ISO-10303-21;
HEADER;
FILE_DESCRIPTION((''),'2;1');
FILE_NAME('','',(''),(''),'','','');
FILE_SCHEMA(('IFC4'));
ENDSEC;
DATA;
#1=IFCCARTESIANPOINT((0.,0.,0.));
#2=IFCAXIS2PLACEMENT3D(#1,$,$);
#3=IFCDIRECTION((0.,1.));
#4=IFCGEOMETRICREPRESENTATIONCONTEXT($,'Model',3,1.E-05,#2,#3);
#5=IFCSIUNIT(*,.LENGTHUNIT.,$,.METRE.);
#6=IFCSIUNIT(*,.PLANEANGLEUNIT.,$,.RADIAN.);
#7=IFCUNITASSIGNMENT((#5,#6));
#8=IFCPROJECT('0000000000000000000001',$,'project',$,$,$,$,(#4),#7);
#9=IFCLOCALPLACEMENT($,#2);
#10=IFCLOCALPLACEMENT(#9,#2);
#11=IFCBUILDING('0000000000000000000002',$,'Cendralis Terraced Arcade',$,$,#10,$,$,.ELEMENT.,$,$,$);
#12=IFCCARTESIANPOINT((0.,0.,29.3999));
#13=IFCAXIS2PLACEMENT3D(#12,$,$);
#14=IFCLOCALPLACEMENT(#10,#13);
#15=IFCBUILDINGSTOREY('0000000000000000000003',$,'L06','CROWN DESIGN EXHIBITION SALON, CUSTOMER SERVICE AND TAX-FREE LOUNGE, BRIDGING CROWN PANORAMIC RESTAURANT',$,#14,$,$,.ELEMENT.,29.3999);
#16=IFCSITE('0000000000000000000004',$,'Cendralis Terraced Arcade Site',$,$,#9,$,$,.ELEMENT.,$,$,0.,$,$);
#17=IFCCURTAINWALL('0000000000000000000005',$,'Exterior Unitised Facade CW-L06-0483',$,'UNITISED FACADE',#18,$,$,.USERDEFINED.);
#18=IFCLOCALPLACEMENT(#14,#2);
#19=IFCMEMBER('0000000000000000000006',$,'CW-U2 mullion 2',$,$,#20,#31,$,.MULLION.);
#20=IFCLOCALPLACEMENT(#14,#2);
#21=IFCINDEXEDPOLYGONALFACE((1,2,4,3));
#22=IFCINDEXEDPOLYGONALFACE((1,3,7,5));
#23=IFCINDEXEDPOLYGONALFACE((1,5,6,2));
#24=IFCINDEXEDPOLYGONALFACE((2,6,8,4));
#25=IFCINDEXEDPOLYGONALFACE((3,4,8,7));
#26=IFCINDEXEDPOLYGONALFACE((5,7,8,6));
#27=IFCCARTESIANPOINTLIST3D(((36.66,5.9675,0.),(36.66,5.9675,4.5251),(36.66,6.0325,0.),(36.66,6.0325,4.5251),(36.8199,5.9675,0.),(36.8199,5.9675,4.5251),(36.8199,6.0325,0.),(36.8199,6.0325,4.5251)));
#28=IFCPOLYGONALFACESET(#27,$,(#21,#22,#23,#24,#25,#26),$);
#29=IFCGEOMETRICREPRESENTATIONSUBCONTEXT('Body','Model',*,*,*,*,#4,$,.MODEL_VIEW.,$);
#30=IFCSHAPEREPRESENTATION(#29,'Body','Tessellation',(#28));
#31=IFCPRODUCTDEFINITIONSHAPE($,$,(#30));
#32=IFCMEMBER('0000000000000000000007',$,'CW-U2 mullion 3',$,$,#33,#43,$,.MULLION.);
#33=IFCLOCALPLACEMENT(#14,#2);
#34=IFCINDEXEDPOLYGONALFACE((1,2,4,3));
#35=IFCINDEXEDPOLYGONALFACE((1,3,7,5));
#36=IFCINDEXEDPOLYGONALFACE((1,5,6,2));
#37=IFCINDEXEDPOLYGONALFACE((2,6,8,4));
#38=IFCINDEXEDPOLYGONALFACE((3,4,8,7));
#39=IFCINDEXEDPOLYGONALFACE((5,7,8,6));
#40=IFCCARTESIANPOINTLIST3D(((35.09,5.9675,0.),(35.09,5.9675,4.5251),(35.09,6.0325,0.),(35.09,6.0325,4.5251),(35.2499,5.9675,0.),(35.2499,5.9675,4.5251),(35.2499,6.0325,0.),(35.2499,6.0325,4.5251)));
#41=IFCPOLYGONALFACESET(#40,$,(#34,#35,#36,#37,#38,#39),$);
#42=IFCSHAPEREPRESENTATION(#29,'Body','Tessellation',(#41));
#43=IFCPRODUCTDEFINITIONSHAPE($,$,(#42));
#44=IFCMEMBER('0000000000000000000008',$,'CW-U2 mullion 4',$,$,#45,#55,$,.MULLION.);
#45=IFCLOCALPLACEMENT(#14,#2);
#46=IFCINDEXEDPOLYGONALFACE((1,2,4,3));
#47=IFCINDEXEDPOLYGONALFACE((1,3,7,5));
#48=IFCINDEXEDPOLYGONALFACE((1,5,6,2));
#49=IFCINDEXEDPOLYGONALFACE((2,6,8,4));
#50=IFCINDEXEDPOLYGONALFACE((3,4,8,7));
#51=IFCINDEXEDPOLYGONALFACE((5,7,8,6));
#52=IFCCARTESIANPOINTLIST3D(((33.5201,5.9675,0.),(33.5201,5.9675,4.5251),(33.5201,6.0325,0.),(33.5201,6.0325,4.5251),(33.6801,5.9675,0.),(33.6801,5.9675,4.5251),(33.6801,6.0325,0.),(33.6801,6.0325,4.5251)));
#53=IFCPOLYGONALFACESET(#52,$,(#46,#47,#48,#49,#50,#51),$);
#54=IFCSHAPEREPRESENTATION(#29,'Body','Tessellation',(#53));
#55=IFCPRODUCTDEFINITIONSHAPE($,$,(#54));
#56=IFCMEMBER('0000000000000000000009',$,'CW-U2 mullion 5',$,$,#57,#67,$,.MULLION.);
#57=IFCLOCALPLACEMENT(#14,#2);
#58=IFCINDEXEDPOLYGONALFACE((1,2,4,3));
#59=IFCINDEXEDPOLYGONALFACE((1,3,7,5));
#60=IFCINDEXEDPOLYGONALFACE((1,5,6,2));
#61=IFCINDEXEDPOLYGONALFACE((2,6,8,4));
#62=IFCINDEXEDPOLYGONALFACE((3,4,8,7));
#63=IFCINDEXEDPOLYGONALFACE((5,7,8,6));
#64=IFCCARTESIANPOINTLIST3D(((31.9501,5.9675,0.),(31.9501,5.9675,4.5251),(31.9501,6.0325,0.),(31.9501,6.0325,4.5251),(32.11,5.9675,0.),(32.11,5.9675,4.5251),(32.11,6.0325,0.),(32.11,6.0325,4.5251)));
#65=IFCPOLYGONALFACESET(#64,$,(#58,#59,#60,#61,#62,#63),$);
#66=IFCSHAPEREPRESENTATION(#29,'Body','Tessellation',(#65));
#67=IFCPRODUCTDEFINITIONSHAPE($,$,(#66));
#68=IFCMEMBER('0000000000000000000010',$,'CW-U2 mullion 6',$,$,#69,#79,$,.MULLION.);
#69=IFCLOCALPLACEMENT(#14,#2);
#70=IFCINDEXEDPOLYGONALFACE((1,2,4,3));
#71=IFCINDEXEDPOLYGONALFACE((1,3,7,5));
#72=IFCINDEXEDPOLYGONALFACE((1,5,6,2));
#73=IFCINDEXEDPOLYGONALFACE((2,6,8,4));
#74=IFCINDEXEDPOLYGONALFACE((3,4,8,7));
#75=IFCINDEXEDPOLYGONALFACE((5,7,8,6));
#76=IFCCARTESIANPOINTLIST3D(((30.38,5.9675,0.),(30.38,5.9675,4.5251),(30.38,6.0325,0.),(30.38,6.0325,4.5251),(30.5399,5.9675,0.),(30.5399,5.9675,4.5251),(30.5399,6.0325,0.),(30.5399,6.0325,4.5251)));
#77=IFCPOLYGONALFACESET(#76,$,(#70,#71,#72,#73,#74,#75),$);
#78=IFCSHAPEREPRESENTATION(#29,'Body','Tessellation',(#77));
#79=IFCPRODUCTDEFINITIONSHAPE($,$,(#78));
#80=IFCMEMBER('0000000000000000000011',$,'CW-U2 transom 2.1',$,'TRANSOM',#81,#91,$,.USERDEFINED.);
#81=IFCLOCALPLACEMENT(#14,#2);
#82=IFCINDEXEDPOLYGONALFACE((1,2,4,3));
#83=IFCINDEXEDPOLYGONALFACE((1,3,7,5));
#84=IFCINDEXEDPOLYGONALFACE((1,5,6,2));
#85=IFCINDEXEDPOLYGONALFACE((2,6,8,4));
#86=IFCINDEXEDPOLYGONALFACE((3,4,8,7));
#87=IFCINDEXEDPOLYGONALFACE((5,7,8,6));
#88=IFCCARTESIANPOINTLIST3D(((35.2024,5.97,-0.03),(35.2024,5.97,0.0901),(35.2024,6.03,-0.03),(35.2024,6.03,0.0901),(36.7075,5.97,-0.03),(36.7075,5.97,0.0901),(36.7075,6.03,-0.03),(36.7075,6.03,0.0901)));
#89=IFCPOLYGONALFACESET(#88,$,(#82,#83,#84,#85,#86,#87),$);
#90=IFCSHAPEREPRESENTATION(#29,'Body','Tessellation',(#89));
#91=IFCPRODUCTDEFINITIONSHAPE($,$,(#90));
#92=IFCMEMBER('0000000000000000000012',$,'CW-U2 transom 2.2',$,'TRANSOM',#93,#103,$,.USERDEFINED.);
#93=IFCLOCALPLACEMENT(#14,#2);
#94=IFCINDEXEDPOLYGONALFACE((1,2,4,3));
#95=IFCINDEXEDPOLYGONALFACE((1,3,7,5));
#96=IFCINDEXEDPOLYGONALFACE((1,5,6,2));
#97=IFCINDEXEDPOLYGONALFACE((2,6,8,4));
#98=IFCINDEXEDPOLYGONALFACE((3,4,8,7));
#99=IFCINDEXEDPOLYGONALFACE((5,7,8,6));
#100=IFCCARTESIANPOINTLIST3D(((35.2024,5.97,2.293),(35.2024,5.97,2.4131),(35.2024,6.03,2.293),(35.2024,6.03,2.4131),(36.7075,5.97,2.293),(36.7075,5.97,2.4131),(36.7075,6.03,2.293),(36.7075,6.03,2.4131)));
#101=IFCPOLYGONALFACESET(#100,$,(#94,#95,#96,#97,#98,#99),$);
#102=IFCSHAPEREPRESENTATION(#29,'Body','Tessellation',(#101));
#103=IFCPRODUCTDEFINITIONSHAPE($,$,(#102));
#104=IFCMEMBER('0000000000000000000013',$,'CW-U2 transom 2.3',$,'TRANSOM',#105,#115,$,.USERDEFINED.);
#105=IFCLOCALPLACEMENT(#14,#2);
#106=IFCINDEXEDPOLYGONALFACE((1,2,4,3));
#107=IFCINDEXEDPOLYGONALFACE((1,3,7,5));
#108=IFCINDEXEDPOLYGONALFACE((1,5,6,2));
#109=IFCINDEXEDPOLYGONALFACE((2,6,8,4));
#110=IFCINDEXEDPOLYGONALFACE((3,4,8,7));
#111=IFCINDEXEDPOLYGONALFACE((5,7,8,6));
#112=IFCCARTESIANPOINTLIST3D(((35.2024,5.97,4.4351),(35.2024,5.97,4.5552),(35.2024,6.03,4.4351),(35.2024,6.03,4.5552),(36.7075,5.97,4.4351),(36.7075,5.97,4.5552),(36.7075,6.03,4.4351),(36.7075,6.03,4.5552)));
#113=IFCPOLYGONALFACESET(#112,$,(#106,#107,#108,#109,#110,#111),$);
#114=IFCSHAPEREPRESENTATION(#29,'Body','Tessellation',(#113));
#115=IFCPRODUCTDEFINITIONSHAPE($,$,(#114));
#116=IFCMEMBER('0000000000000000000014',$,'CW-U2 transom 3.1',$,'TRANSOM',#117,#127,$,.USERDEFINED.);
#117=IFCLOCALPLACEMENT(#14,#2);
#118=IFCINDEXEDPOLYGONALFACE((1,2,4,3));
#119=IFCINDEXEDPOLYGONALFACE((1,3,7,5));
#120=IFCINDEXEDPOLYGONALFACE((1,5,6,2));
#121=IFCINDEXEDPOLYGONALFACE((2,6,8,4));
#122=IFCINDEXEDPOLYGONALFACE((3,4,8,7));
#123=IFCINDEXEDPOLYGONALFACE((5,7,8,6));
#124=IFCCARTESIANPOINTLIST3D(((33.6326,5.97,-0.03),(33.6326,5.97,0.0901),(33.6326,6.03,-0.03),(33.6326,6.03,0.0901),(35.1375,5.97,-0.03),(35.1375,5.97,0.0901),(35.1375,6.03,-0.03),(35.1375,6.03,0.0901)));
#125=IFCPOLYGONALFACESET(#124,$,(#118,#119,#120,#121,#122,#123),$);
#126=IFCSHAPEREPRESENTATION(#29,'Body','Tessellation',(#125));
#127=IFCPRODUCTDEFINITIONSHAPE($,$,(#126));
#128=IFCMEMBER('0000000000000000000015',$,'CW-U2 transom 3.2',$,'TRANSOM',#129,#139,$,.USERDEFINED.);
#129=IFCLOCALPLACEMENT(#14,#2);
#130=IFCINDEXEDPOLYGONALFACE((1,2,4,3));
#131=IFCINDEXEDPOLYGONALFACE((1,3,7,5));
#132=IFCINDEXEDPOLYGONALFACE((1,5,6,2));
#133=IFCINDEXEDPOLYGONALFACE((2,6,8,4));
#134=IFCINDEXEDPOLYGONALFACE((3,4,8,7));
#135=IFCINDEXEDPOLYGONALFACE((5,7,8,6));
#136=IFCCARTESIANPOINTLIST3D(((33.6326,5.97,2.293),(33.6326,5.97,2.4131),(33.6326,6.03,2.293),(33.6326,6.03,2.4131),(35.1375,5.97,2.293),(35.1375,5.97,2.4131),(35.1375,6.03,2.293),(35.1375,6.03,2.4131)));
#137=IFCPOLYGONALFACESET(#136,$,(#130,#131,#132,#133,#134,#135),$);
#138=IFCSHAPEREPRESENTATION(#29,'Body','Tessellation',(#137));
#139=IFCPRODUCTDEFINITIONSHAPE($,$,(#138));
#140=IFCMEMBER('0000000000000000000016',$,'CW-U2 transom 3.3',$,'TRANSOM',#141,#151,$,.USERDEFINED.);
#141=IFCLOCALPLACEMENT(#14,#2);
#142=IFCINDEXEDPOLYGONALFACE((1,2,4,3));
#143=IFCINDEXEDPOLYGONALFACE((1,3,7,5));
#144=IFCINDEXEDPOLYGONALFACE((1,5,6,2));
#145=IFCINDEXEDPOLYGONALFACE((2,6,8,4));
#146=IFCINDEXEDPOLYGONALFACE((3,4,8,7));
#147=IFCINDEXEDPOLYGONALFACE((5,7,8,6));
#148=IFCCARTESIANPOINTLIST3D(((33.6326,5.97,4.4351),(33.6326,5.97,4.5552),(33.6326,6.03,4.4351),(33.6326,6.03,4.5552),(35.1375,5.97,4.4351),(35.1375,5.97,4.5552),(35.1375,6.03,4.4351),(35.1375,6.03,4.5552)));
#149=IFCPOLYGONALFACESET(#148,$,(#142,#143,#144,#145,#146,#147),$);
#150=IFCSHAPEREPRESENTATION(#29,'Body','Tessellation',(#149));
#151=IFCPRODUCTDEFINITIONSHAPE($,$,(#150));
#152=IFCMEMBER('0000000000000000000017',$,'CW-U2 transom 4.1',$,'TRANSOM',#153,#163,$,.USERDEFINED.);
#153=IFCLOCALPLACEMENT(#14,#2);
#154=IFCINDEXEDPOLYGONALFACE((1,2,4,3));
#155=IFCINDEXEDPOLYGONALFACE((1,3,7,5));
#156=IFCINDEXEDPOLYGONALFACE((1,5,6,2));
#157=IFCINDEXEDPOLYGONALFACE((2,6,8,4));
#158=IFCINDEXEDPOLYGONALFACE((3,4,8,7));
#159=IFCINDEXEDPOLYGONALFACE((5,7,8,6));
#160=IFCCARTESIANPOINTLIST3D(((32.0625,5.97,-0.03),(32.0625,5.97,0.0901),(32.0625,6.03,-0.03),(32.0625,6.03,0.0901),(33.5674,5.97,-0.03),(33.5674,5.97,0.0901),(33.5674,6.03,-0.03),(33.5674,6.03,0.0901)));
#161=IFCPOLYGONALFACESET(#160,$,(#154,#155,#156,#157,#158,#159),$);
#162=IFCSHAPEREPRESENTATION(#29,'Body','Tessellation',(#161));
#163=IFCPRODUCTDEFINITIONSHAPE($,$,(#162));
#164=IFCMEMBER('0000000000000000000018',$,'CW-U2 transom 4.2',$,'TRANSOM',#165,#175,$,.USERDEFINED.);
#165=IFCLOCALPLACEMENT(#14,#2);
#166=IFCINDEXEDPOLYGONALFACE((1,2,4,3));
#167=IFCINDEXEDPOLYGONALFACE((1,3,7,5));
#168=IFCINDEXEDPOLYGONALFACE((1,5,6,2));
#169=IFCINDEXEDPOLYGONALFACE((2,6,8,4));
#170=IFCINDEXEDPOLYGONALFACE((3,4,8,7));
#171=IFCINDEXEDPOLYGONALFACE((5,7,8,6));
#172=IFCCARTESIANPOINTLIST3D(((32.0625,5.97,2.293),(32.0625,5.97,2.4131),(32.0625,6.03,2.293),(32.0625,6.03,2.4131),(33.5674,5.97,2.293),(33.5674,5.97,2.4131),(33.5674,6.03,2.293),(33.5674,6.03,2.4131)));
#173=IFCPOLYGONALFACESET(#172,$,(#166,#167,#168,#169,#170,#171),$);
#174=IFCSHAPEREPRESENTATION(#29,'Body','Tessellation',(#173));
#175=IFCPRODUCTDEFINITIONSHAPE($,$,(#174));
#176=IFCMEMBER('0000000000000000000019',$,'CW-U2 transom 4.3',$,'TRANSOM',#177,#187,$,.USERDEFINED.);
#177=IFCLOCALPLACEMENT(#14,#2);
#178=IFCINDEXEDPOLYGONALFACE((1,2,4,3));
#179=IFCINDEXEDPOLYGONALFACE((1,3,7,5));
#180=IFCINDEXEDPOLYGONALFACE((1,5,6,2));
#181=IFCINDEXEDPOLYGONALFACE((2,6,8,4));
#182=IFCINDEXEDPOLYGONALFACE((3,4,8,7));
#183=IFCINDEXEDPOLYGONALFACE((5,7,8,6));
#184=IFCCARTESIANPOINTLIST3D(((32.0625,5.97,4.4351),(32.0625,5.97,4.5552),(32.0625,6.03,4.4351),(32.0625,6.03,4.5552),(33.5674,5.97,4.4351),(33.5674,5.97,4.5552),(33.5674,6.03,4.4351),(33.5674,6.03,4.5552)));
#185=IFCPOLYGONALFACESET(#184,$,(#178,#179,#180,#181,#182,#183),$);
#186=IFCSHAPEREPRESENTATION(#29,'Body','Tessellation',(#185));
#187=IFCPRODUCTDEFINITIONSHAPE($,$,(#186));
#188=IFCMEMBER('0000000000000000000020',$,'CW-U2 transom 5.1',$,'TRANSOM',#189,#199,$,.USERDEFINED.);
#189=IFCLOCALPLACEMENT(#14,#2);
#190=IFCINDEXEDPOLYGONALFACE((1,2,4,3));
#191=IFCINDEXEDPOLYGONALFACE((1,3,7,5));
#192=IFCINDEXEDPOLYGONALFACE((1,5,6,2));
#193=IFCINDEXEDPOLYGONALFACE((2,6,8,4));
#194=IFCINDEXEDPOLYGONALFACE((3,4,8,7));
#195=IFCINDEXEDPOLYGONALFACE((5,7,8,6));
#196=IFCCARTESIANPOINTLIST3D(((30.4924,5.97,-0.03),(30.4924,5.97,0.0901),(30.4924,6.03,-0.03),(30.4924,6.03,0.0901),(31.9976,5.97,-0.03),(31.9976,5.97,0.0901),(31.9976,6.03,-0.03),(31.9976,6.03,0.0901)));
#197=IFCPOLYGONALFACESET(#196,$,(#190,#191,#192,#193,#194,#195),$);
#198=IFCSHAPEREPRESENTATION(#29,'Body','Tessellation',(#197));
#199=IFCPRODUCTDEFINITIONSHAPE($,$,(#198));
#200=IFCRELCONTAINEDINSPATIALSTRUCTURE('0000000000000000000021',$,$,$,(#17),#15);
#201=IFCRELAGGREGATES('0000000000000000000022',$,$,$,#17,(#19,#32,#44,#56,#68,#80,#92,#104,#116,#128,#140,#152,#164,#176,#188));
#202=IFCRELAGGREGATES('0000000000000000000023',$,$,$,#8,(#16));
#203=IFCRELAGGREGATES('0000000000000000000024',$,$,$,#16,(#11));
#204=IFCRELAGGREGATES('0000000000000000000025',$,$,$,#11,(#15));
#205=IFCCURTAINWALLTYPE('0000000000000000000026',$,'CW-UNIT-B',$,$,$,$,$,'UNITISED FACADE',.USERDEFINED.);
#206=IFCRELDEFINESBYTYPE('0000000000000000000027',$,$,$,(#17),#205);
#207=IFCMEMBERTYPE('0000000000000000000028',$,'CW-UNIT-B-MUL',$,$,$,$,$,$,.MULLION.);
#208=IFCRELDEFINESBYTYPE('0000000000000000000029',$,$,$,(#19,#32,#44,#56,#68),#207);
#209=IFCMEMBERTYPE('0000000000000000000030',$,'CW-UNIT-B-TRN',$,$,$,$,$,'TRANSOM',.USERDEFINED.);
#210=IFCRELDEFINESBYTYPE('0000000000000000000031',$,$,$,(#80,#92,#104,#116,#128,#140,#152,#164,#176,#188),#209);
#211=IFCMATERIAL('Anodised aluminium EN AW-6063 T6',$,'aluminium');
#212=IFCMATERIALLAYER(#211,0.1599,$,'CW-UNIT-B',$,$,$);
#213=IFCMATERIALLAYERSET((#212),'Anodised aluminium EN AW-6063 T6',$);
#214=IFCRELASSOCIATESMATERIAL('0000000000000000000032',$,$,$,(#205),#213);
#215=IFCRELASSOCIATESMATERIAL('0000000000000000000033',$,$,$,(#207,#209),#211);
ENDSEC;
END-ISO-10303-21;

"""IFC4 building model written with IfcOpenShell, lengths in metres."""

from ifc_helpers import new_model, si_unit, direction, frame, origin, origin_2d, place, context, subcontext, project, spatial, rectangle, extrude, material, layer, layer_set, material_profile, profile_set, type_object, element, aggregate, save


model = new_model("IFC4")

# Units and contexts
model_context = context("Model", 3, precision=1e-05, world=origin(), true_north=direction((0.0, 1.0)))
body_context = subcontext(model_context, "Body", "Model", "MODEL_VIEW")
ifc_project = project(units=[si_unit("LENGTHUNIT", "METRE"), si_unit("PLANEANGLEUNIT", "RADIAN")], contexts=[model_context])

# Site, building, storey
site_placement = place(None, origin())
site = spatial("IfcSite", under=ifc_project, at=site_placement, Name="Cendralis Terraced Arcade Site", CompositionType="ELEMENT", RefElevation=0.0)
building_placement = place(site_placement, origin())
building = spatial("IfcBuilding", under=site, at=building_placement, Name="Cendralis Terraced Arcade", CompositionType="ELEMENT")
storey_placement = place(building_placement, frame((0.0, 0.0, 29.3999)))
storey = spatial("IfcBuildingStorey", under=building, at=storey_placement, Name="L06", Description="CROWN DESIGN EXHIBITION SALON, CUSTOMER SERVICE AND TAX-FREE LOUNGE, BRIDGING CROWN PANORAMIC RESTAURANT", CompositionType="ELEMENT", Elevation=29.3999)

# Curtain wall, members
ifc_material_1 = material(Name="Anodised aluminium EN AW-6063 T6", Category="aluminium")
ifc_layer_1 = layer(ifc_material_1, 0.1599, Name="CW-UNIT-B")
ifc_layer_set_1 = layer_set([ifc_layer_1], Name="Anodised aluminium EN AW-6063 T6")
curtain_wall_type = type_object("IfcCurtainWallType", Name="CW-UNIT-B", ElementType="UNITISED FACADE", PredefinedType="USERDEFINED", material=ifc_layer_set_1)
curtain_wall_placement = place(storey_placement, origin())
curtain_wall = element("IfcCurtainWall", 1, at=curtain_wall_placement, inside=storey, type_object=curtain_wall_type, Name="Exterior Unitised Facade CW-L06-0483", ObjectType="UNITISED FACADE", PredefinedType="USERDEFINED")
ifc_material_profile_1 = material_profile(ifc_material_1, rectangle(XDim=0.0649, YDim=0.1599, at=origin_2d()), Name="ALU-MUL-65x160")
ifc_profile_set_1 = profile_set([ifc_material_profile_1], Name="Anodised aluminium EN AW-6063 T6")
member_type_1 = type_object("IfcMemberType", Name="CW-UNIT-B-MUL", PredefinedType="MULLION", material=ifc_profile_set_1)
member_1_placement = place(storey_placement, frame((36.74, 6.0, 0.0), z_axis=(0.0, 0.0, 1.0), x_axis=(0.0, -1.0, 0.0)))
member_1 = element("IfcMember", 2, at=member_1_placement, type_object=member_type_1, Name="CW-U2 mullion 2", PredefinedType="MULLION", context=body_context, shape_type="SweptSolid", body=[
    extrude(rectangle(XDim=0.0649, YDim=0.1599, at=origin_2d()), origin(), (0.0, 0.0, 1.0), 4.5251),
])
member_2_placement = place(storey_placement, frame((35.1699, 6.0, 0.0), z_axis=(0.0, 0.0, 1.0), x_axis=(0.0, -1.0, 0.0)))
member_2 = element("IfcMember", 3, at=member_2_placement, type_object=member_type_1, Name="CW-U2 mullion 3", PredefinedType="MULLION", context=body_context, shape_type="SweptSolid", body=[
    extrude(rectangle(XDim=0.0649, YDim=0.1599, at=origin_2d()), origin(), (0.0, 0.0, 1.0), 4.5251),
])
member_3_placement = place(storey_placement, frame((33.6001, 6.0, 0.0), z_axis=(0.0, 0.0, 1.0), x_axis=(0.0, -1.0, 0.0)))
member_3 = element("IfcMember", 4, at=member_3_placement, type_object=member_type_1, Name="CW-U2 mullion 4", PredefinedType="MULLION", context=body_context, shape_type="SweptSolid", body=[
    extrude(rectangle(XDim=0.0649, YDim=0.1599, at=origin_2d()), origin(), (0.0, 0.0, 1.0), 4.5251),
])
member_4_placement = place(storey_placement, frame((32.03, 6.0, 0.0), z_axis=(0.0, 0.0, 1.0), x_axis=(0.0, -1.0, 0.0)))
member_4 = element("IfcMember", 5, at=member_4_placement, type_object=member_type_1, Name="CW-U2 mullion 5", PredefinedType="MULLION", context=body_context, shape_type="SweptSolid", body=[
    extrude(rectangle(XDim=0.0649, YDim=0.1599, at=origin_2d()), origin(), (0.0, 0.0, 1.0), 4.5251),
])
member_5_placement = place(storey_placement, frame((30.46, 6.0, 0.0), z_axis=(0.0, 0.0, 1.0), x_axis=(0.0, -1.0, 0.0)))
member_5 = element("IfcMember", 6, at=member_5_placement, type_object=member_type_1, Name="CW-U2 mullion 6", PredefinedType="MULLION", context=body_context, shape_type="SweptSolid", body=[
    extrude(rectangle(XDim=0.0649, YDim=0.1599, at=origin_2d()), origin(), (0.0, 0.0, 1.0), 4.5251),
])
ifc_material_profile_2 = material_profile(ifc_material_1, rectangle(XDim=0.0601, YDim=0.1201, at=origin_2d()), Name="ALU-TRN-60x120")
ifc_profile_set_2 = profile_set([ifc_material_profile_2], Name="Anodised aluminium EN AW-6063 T6")
member_type_2 = type_object("IfcMemberType", Name="CW-UNIT-B-TRN", ElementType="TRANSOM", PredefinedType="USERDEFINED", material=ifc_profile_set_2)
member_6_placement = place(storey_placement, frame((36.7075, 6.0, 0.03), z_axis=(-1.0, 0.0, 0.0), x_axis=(0.0, -1.0, 0.0)))
member_6 = element("IfcMember", 7, at=member_6_placement, type_object=member_type_2, Name="CW-U2 transom 2.1", ObjectType="TRANSOM", PredefinedType="USERDEFINED", context=body_context, shape_type="SweptSolid", body=[
    extrude(rectangle(XDim=0.0601, YDim=0.1201, at=origin_2d()), origin(), (0.0, 0.0, 1.0), 1.5051),
])
member_7_placement = place(storey_placement, frame((36.7075, 6.0, 2.353), z_axis=(-1.0, 0.0, 0.0), x_axis=(0.0, -1.0, 0.0)))
member_7 = element("IfcMember", 8, at=member_7_placement, type_object=member_type_2, Name="CW-U2 transom 2.2", ObjectType="TRANSOM", PredefinedType="USERDEFINED", context=body_context, shape_type="SweptSolid", body=[
    extrude(rectangle(XDim=0.0601, YDim=0.1201, at=origin_2d()), origin(), (0.0, 0.0, 1.0), 1.5051),
])
member_8_placement = place(storey_placement, frame((36.7075, 6.0, 4.4951), z_axis=(-1.0, 0.0, 0.0), x_axis=(0.0, -1.0, 0.0)))
member_8 = element("IfcMember", 9, at=member_8_placement, type_object=member_type_2, Name="CW-U2 transom 2.3", ObjectType="TRANSOM", PredefinedType="USERDEFINED", context=body_context, shape_type="SweptSolid", body=[
    extrude(rectangle(XDim=0.0601, YDim=0.1201, at=origin_2d()), origin(), (0.0, 0.0, 1.0), 1.5051),
])
member_9_placement = place(storey_placement, frame((35.1375, 6.0, 0.03), z_axis=(-1.0, 0.0, 0.0), x_axis=(0.0, -1.0, 0.0)))
member_9 = element("IfcMember", 10, at=member_9_placement, type_object=member_type_2, Name="CW-U2 transom 3.1", ObjectType="TRANSOM", PredefinedType="USERDEFINED", context=body_context, shape_type="SweptSolid", body=[
    extrude(rectangle(XDim=0.0601, YDim=0.1201, at=origin_2d()), origin(), (0.0, 0.0, 1.0), 1.5049),
])
member_10_placement = place(storey_placement, frame((35.1375, 6.0, 2.353), z_axis=(-1.0, 0.0, 0.0), x_axis=(0.0, -1.0, 0.0)))
member_10 = element("IfcMember", 11, at=member_10_placement, type_object=member_type_2, Name="CW-U2 transom 3.2", ObjectType="TRANSOM", PredefinedType="USERDEFINED", context=body_context, shape_type="SweptSolid", body=[
    extrude(rectangle(XDim=0.0601, YDim=0.1201, at=origin_2d()), origin(), (0.0, 0.0, 1.0), 1.5049),
])
member_11_placement = place(storey_placement, frame((35.1375, 6.0, 4.4951), z_axis=(-1.0, 0.0, 0.0), x_axis=(0.0, -1.0, 0.0)))
member_11 = element("IfcMember", 12, at=member_11_placement, type_object=member_type_2, Name="CW-U2 transom 3.3", ObjectType="TRANSOM", PredefinedType="USERDEFINED", context=body_context, shape_type="SweptSolid", body=[
    extrude(rectangle(XDim=0.0601, YDim=0.1201, at=origin_2d()), origin(), (0.0, 0.0, 1.0), 1.5049),
])
member_12_placement = place(storey_placement, frame((33.5674, 6.0, 0.03), z_axis=(-1.0, 0.0, 0.0), x_axis=(0.0, -1.0, 0.0)))
member_12 = element("IfcMember", 13, at=member_12_placement, type_object=member_type_2, Name="CW-U2 transom 4.1", ObjectType="TRANSOM", PredefinedType="USERDEFINED", context=body_context, shape_type="SweptSolid", body=[
    extrude(rectangle(XDim=0.0601, YDim=0.1201, at=origin_2d()), origin(), (0.0, 0.0, 1.0), 1.5049),
])
member_13_placement = place(storey_placement, frame((33.5674, 6.0, 2.353), z_axis=(-1.0, 0.0, 0.0), x_axis=(0.0, -1.0, 0.0)))
member_13 = element("IfcMember", 14, at=member_13_placement, type_object=member_type_2, Name="CW-U2 transom 4.2", ObjectType="TRANSOM", PredefinedType="USERDEFINED", context=body_context, shape_type="SweptSolid", body=[
    extrude(rectangle(XDim=0.0601, YDim=0.1201, at=origin_2d()), origin(), (0.0, 0.0, 1.0), 1.5049),
])
member_14_placement = place(storey_placement, frame((33.5674, 6.0, 4.4951), z_axis=(-1.0, 0.0, 0.0), x_axis=(0.0, -1.0, 0.0)))
member_14 = element("IfcMember", 15, at=member_14_placement, type_object=member_type_2, Name="CW-U2 transom 4.3", ObjectType="TRANSOM", PredefinedType="USERDEFINED", context=body_context, shape_type="SweptSolid", body=[
    extrude(rectangle(XDim=0.0601, YDim=0.1201, at=origin_2d()), origin(), (0.0, 0.0, 1.0), 1.5049),
])
member_15_placement = place(storey_placement, frame((31.9976, 6.0, 0.03), z_axis=(-1.0, 0.0, 0.0), x_axis=(0.0, -1.0, 0.0)))
member_15 = element("IfcMember", 16, at=member_15_placement, type_object=member_type_2, Name="CW-U2 transom 5.1", ObjectType="TRANSOM", PredefinedType="USERDEFINED", context=body_context, shape_type="SweptSolid", body=[
    extrude(rectangle(XDim=0.0601, YDim=0.1201, at=origin_2d()), origin(), (0.0, 0.0, 1.0), 1.5051),
])
aggregate(curtain_wall, [member_1, member_2, member_3, member_4, member_5, member_6, member_7, member_8, member_9, member_10, member_11, member_12, member_13, member_14, member_15])

save(model, "model.ifc")
